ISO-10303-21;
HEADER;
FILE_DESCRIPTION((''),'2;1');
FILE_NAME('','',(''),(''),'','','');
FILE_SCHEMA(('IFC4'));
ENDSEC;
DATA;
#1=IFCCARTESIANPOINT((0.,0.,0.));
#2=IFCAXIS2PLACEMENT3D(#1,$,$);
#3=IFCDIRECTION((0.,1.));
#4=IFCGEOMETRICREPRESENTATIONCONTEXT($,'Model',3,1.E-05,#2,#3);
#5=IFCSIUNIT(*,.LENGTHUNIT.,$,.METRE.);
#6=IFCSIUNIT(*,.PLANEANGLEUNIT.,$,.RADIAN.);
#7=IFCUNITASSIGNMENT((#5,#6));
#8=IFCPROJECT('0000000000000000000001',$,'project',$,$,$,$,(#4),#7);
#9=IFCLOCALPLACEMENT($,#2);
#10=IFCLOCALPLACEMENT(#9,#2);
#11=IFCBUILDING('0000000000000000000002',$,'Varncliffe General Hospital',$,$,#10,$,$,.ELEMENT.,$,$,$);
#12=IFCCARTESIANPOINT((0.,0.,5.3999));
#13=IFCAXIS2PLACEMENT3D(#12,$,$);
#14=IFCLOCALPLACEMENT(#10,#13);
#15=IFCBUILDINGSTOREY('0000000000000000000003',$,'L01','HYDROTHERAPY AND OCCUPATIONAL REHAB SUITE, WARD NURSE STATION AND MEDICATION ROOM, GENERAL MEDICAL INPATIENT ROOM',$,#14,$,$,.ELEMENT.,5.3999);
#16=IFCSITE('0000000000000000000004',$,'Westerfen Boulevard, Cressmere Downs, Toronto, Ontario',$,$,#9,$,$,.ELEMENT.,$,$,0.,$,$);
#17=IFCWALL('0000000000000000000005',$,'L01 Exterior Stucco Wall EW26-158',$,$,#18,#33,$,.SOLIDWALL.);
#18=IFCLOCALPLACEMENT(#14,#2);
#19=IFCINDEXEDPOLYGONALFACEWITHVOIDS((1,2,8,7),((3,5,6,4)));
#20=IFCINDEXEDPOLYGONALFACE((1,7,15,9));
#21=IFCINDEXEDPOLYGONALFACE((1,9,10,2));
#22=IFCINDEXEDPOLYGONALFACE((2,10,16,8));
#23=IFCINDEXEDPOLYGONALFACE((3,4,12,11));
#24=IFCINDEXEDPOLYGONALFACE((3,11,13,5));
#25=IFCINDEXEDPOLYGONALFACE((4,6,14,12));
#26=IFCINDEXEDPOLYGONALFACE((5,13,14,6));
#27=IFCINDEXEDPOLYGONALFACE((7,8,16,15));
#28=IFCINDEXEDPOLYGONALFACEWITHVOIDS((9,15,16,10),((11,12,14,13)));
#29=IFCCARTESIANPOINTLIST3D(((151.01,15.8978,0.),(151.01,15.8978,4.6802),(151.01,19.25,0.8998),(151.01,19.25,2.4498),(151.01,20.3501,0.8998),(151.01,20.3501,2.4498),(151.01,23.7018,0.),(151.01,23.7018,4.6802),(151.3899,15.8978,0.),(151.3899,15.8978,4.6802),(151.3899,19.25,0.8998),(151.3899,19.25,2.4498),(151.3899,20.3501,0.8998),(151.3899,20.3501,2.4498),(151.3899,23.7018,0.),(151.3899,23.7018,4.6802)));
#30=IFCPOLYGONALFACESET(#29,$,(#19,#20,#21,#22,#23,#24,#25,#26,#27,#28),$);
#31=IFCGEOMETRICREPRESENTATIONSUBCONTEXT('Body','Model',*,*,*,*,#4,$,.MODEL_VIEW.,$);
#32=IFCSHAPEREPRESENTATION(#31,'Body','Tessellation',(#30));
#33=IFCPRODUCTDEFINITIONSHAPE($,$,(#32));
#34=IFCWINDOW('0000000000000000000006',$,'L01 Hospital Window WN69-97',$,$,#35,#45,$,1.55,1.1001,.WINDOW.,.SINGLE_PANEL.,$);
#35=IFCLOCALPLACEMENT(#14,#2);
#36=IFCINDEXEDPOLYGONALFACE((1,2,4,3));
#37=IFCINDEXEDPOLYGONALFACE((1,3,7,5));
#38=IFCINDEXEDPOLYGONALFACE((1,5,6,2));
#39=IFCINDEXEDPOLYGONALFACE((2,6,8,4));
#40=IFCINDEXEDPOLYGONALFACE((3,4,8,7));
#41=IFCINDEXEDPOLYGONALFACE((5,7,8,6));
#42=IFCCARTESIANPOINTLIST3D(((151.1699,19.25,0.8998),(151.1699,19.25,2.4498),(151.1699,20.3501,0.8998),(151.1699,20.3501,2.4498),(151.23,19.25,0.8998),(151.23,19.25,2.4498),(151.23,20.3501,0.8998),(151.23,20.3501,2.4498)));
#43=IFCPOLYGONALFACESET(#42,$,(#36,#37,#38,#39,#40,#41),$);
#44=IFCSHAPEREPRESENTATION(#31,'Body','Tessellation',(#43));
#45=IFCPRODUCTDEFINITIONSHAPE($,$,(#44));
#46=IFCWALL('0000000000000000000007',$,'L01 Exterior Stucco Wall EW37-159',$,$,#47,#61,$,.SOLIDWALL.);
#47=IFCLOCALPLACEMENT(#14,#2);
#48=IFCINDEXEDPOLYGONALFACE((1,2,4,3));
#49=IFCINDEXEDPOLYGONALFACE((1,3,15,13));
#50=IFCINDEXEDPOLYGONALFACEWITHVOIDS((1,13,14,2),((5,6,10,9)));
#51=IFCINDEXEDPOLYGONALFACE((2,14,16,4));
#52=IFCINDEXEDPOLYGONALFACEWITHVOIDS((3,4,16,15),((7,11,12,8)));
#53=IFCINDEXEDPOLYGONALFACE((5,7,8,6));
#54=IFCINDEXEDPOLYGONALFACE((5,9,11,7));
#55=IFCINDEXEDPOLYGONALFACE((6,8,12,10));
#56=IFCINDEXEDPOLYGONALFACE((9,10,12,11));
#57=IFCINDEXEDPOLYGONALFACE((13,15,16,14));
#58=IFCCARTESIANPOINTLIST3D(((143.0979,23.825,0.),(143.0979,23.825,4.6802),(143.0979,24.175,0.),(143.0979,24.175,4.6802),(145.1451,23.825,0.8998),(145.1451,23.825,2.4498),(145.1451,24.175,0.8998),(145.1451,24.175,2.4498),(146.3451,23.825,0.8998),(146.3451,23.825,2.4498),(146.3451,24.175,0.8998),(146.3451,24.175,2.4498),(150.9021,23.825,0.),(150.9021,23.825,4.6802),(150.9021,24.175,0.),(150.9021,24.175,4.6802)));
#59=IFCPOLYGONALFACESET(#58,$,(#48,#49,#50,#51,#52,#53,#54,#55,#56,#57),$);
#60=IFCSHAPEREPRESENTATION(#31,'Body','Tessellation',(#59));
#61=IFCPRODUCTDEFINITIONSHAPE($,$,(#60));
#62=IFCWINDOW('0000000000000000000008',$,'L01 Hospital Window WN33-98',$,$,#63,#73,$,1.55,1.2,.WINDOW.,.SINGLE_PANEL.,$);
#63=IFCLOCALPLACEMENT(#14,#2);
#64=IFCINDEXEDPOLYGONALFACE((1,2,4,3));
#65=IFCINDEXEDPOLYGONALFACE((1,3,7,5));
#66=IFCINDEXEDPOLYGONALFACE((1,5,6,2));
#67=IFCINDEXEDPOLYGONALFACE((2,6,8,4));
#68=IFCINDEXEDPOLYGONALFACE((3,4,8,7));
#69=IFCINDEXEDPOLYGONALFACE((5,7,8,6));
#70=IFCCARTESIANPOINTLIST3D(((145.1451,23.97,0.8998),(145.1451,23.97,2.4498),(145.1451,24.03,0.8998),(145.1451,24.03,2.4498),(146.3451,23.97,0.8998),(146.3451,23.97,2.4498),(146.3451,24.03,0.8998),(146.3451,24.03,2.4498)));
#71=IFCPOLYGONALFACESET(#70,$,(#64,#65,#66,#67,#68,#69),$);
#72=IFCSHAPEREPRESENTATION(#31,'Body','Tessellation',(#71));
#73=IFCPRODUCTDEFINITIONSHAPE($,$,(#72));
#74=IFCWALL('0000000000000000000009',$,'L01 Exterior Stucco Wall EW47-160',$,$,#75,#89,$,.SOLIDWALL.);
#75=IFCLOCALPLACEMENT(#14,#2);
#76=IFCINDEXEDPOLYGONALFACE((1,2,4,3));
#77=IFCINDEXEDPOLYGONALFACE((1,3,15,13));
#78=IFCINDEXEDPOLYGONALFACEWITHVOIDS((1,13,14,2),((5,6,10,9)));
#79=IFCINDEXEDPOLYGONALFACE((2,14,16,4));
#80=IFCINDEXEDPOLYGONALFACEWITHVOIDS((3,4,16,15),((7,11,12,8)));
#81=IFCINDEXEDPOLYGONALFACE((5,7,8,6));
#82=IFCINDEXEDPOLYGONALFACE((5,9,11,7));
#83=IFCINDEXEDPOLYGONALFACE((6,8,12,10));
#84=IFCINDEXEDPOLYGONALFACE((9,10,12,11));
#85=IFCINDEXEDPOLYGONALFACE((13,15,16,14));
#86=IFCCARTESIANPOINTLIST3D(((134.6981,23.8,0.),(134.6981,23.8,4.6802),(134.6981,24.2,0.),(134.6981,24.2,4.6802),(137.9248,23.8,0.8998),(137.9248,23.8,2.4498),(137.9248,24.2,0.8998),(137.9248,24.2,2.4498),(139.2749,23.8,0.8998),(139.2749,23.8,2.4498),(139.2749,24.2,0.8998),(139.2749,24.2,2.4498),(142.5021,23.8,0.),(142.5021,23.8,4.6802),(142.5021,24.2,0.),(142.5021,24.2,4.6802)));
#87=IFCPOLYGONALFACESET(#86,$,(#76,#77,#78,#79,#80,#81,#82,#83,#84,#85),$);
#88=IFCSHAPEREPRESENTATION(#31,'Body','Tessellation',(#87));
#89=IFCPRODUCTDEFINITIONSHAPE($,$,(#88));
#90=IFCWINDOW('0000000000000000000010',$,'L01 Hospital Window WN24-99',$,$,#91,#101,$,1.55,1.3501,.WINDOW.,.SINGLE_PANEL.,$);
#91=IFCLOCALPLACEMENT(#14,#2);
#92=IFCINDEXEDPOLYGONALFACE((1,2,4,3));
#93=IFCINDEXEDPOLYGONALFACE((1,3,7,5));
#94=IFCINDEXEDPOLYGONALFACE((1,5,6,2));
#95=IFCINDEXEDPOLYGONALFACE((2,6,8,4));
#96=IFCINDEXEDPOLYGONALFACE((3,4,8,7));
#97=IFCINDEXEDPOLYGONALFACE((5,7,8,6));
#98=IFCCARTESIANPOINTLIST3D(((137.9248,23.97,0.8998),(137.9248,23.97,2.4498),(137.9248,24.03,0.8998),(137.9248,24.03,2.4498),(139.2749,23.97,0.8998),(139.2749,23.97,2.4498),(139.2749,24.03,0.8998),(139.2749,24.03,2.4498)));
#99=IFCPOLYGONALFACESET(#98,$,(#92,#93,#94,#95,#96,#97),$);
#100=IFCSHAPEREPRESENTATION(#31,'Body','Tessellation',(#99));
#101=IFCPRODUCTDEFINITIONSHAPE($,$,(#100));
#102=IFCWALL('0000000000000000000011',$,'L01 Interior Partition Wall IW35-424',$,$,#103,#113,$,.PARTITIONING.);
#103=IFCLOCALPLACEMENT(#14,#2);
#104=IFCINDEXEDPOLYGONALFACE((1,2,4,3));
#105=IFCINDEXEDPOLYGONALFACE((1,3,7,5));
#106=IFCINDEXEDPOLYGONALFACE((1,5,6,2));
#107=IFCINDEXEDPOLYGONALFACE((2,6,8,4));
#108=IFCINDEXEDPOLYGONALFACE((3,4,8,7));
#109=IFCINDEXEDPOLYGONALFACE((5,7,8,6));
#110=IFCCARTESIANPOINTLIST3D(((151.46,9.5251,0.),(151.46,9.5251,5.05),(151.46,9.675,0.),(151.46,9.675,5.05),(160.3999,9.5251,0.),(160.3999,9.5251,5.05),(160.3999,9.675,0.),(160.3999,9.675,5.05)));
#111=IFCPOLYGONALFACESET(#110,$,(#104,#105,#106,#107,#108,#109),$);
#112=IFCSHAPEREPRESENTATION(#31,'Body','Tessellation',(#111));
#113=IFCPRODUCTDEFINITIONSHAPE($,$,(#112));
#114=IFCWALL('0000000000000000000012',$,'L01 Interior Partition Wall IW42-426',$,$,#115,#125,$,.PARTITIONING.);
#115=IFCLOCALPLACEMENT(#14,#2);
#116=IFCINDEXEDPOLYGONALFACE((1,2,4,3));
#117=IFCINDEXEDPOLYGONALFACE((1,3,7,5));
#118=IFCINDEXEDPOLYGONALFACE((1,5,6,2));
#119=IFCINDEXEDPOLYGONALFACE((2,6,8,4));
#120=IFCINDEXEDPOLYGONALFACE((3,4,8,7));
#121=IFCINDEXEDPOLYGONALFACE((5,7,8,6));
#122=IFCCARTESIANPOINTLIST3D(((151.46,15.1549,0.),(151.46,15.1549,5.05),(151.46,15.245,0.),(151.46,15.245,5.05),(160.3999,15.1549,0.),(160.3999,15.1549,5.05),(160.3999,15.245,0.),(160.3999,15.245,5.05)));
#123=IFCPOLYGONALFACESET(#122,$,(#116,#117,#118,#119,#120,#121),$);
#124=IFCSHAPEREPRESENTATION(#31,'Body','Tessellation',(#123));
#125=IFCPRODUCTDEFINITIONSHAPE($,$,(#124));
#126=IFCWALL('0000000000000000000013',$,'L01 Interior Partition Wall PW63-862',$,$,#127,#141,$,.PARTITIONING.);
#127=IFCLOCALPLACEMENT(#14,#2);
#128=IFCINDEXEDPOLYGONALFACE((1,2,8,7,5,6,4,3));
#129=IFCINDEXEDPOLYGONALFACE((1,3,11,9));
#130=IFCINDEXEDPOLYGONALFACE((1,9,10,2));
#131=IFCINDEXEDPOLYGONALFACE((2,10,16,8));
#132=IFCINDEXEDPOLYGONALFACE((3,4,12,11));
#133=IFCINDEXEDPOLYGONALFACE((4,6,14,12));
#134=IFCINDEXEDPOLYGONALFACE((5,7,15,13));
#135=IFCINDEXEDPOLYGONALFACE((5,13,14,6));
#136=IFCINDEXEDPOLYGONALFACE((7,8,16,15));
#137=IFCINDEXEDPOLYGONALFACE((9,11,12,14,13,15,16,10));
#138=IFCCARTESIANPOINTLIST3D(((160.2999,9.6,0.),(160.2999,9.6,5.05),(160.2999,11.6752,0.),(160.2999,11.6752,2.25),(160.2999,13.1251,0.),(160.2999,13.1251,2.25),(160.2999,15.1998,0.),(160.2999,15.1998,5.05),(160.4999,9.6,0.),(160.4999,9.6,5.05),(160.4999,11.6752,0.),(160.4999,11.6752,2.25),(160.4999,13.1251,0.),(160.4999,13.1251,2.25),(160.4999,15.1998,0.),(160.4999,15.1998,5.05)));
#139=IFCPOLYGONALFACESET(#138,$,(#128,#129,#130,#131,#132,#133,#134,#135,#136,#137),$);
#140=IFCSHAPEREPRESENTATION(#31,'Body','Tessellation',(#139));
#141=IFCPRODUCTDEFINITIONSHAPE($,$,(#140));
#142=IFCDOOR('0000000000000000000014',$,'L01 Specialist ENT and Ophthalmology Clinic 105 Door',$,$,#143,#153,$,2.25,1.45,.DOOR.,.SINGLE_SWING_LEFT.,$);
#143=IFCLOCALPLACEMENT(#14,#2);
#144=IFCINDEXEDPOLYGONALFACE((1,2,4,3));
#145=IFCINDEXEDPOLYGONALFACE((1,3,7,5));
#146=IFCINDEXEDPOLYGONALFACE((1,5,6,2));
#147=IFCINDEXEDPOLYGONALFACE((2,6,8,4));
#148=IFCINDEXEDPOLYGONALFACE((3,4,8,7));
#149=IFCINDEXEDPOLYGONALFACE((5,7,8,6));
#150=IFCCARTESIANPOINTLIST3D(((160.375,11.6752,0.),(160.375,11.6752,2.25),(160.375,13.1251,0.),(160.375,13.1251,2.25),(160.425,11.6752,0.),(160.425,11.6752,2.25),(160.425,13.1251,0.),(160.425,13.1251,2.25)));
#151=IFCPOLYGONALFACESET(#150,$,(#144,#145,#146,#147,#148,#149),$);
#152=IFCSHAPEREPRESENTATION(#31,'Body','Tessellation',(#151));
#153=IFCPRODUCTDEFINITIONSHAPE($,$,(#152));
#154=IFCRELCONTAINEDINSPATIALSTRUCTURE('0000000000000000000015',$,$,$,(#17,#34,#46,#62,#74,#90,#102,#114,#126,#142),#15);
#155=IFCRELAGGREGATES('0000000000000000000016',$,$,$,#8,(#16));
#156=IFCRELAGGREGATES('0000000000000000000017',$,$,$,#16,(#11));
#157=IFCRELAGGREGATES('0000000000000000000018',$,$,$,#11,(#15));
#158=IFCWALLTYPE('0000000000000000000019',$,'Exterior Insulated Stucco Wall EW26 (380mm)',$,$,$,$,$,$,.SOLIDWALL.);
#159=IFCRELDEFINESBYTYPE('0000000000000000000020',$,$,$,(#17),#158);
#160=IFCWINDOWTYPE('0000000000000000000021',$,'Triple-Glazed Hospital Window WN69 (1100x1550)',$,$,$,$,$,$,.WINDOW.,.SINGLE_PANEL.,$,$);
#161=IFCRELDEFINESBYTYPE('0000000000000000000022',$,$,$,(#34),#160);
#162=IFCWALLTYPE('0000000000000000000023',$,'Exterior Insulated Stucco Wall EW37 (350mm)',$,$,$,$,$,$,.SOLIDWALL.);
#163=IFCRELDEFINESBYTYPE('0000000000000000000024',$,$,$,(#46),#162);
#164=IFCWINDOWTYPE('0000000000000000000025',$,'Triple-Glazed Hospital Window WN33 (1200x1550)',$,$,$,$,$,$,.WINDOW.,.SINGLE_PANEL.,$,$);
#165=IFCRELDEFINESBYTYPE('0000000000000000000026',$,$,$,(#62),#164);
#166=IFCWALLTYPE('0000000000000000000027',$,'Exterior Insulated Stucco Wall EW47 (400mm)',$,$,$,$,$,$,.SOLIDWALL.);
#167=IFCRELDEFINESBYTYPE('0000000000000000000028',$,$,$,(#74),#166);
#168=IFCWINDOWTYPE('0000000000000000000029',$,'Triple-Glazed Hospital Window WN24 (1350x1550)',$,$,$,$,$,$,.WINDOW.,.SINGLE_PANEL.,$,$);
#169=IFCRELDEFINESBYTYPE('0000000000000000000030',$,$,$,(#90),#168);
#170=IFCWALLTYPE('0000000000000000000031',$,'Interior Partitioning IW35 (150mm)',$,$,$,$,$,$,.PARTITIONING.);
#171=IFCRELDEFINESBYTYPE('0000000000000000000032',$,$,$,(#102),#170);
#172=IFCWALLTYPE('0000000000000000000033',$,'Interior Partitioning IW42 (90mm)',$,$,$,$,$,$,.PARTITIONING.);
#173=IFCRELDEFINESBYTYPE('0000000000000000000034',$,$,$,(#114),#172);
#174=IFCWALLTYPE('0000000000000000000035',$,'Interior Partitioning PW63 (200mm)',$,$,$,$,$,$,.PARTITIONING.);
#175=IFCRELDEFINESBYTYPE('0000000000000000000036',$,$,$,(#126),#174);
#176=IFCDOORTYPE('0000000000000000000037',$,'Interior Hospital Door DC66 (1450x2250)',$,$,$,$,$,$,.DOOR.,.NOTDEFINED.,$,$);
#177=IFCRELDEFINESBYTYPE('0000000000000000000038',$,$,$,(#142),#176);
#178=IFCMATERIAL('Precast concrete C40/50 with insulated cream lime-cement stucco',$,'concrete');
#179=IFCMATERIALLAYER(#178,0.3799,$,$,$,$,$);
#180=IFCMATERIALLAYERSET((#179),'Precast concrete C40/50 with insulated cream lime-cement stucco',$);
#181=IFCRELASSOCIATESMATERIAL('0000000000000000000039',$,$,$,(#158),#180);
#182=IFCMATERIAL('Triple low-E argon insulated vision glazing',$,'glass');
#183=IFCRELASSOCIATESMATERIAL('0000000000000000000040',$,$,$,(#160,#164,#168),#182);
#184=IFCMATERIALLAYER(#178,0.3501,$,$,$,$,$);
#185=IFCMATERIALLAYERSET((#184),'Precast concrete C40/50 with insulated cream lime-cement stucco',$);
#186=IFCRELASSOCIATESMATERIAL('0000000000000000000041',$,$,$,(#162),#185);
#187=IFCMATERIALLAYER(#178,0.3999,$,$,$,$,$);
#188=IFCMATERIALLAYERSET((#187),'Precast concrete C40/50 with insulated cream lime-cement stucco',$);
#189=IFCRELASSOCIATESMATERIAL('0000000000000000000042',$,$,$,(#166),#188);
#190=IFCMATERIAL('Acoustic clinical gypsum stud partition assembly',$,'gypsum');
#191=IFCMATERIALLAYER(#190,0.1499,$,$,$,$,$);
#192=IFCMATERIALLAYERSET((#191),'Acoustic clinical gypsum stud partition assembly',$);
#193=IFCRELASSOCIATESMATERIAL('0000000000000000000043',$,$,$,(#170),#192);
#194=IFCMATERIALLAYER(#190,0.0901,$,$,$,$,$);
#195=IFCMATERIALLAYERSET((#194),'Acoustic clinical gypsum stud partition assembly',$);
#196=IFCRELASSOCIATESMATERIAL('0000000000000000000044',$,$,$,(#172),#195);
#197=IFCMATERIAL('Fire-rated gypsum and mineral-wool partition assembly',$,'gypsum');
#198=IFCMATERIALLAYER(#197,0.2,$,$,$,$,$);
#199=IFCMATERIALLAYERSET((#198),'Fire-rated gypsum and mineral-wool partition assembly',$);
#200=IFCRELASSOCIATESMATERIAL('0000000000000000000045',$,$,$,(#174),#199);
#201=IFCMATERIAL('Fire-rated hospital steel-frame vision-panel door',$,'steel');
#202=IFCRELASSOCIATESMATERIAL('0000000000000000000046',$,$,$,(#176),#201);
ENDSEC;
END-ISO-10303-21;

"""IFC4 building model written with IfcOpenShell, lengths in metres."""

from ifc_helpers import new_model, si_unit, direction, frame, frame_2d, origin, place, context, subcontext, project, spatial, rectangle, extrude, material, layer, layer_set, type_object, element, fill, save


model = new_model("IFC4")

# Units and contexts
model_context = context("Model", 3, precision=1e-05, world=origin(), true_north=direction((0.0, 1.0)))
body_context = subcontext(model_context, "Body", "Model", "MODEL_VIEW")
ifc_project = project(units=[si_unit("LENGTHUNIT", "METRE"), si_unit("PLANEANGLEUNIT", "RADIAN")], contexts=[model_context])

# Site, building, storey
site_placement = place(None, origin())
site = spatial("IfcSite", under=ifc_project, at=site_placement, Name="Westerfen Boulevard, Cressmere Downs, Toronto, Ontario", CompositionType="ELEMENT", RefElevation=0.0)
building_placement = place(site_placement, origin())
building = spatial("IfcBuilding", under=site, at=building_placement, Name="Varncliffe General Hospital", CompositionType="ELEMENT")
storey_placement = place(building_placement, frame((0.0, 0.0, 5.3999)))
storey = spatial("IfcBuildingStorey", under=building, at=storey_placement, Name="L01", Description="HYDROTHERAPY AND OCCUPATIONAL REHAB SUITE, WARD NURSE STATION AND MEDICATION ROOM, GENERAL MEDICAL INPATIENT ROOM", CompositionType="ELEMENT", Elevation=5.3999)

# Walls, openings, windows
ifc_material_1 = material(Name="Precast concrete C40/50 with insulated cream lime-cement stucco", Category="concrete")
ifc_layer_1 = layer(ifc_material_1, 0.3799)
ifc_layer_set_1 = layer_set([ifc_layer_1], Name="Precast concrete C40/50 with insulated cream lime-cement stucco")
wall_type_1 = type_object("IfcWallType", Name="Exterior Insulated Stucco Wall EW26 (380mm)", PredefinedType="SOLIDWALL", material=ifc_layer_set_1)
wall_1_placement = place(storey_placement, frame((151.2, 15.8979, 0.0), z_axis=(0.0, 0.0, 1.0), x_axis=(0.0, 1.0, 0.0)))
wall_1 = element("IfcWall", 1, at=wall_1_placement, inside=storey, type_object=wall_type_1, Name="L01 Exterior Stucco Wall EW26-158", PredefinedType="SOLIDWALL", context=body_context, shape_type="SweptSolid", body=[
    extrude(rectangle(XDim=7.804, YDim=0.3799, at=frame_2d((3.9019, 0.0))), origin(), (0.0, 0.0, 1.0), 4.6802),
])
opening_1_placement = place(wall_1_placement, frame((3.3521, 0.0, 0.8999)))
opening_1 = element("IfcOpeningElement", 2, at=opening_1_placement, cuts=wall_1, PredefinedType="OPENING", context=body_context, shape_type="SweptSolid", body=[
    extrude(rectangle(XDim=1.1001, YDim=1.55, at=frame_2d((0.55, 0.7749))), frame((0.0, 0.2, 0.0), z_axis=(0.0, -1.0, 0.0), x_axis=(1.0, 0.0, 0.0)), (0.0, 0.0, 1.0), 0.3999),
])
ifc_material_2 = material(Name="Triple low-E argon insulated vision glazing", Category="glass")
window_type_1 = type_object("IfcWindowType", Name="Triple-Glazed Hospital Window WN69 (1100x1550)", PartitioningType="SINGLE_PANEL", PredefinedType="WINDOW", material=ifc_material_2)
window_1_placement = place(opening_1_placement, origin())
window_1 = element("IfcWindow", 3, at=window_1_placement, inside=storey, type_object=window_type_1, Name="L01 Hospital Window WN69-97", OverallHeight=1.55, OverallWidth=1.1001, PartitioningType="SINGLE_PANEL", PredefinedType="WINDOW", context=body_context, shape_type="SweptSolid", body=[
    extrude(rectangle(XDim=1.1001, YDim=1.55, at=frame_2d((0.55, 0.7749))), frame((0.0, 0.03, 0.0), z_axis=(0.0, -1.0, 0.0), x_axis=(1.0, 0.0, 0.0)), (0.0, 0.0, 1.0), 0.0601),
])
fill(opening_1, window_1)
ifc_layer_2 = layer(ifc_material_1, 0.3501)
ifc_layer_set_2 = layer_set([ifc_layer_2], Name="Precast concrete C40/50 with insulated cream lime-cement stucco")
wall_type_2 = type_object("IfcWallType", Name="Exterior Insulated Stucco Wall EW37 (350mm)", PredefinedType="SOLIDWALL", material=ifc_layer_set_2)
wall_2_placement = place(storey_placement, frame((150.9021, 24.0, 0.0), z_axis=(0.0, 0.0, 1.0), x_axis=(-1.0, 0.0, 0.0)))
wall_2 = element("IfcWall", 4, at=wall_2_placement, inside=storey, type_object=wall_type_2, Name="L01 Exterior Stucco Wall EW37-159", PredefinedType="SOLIDWALL", context=body_context, shape_type="SweptSolid", body=[
    extrude(rectangle(XDim=7.8042, YDim=0.3501, at=frame_2d((3.9021, 0.0))), origin(), (0.0, 0.0, 1.0), 4.6802),
])
opening_2_placement = place(wall_2_placement, frame((4.5569, 0.0, 0.8999)))
opening_2 = element("IfcOpeningElement", 5, at=opening_2_placement, cuts=wall_2, PredefinedType="OPENING", context=body_context, shape_type="SweptSolid", body=[
    extrude(rectangle(XDim=1.2, YDim=1.55, at=frame_2d((0.6001, 0.7749))), frame((0.0, 0.1851, 0.0), z_axis=(0.0, -1.0, 0.0), x_axis=(1.0, 0.0, 0.0)), (0.0, 0.0, 1.0), 0.3701),
])
window_type_2 = type_object("IfcWindowType", Name="Triple-Glazed Hospital Window WN33 (1200x1550)", PartitioningType="SINGLE_PANEL", PredefinedType="WINDOW", material=ifc_material_2)
window_2_placement = place(opening_2_placement, origin())
window_2 = element("IfcWindow", 6, at=window_2_placement, inside=storey, type_object=window_type_2, Name="L01 Hospital Window WN33-98", OverallHeight=1.55, OverallWidth=1.2, PartitioningType="SINGLE_PANEL", PredefinedType="WINDOW", context=body_context, shape_type="SweptSolid", body=[
    extrude(rectangle(XDim=1.2, YDim=1.55, at=frame_2d((0.6001, 0.7749))), frame((0.0, 0.03, 0.0), z_axis=(0.0, -1.0, 0.0), x_axis=(1.0, 0.0, 0.0)), (0.0, 0.0, 1.0), 0.0601),
])
fill(opening_2, window_2)
ifc_layer_3 = layer(ifc_material_1, 0.3999)
ifc_layer_set_3 = layer_set([ifc_layer_3], Name="Precast concrete C40/50 with insulated cream lime-cement stucco")
wall_type_3 = type_object("IfcWallType", Name="Exterior Insulated Stucco Wall EW47 (400mm)", PredefinedType="SOLIDWALL", material=ifc_layer_set_3)
wall_3_placement = place(storey_placement, frame((142.502, 24.0, 0.0), z_axis=(0.0, 0.0, 1.0), x_axis=(-1.0, 0.0, 0.0)))
wall_3 = element("IfcWall", 7, at=wall_3_placement, inside=storey, type_object=wall_type_3, Name="L01 Exterior Stucco Wall EW47-160", PredefinedType="SOLIDWALL", context=body_context, shape_type="SweptSolid", body=[
    extrude(rectangle(XDim=7.804, YDim=0.3999, at=frame_2d((3.9019, 0.0))), origin(), (0.0, 0.0, 1.0), 4.6802),
])
opening_3_placement = place(wall_3_placement, frame((3.2271, 0.0, 0.8999)))
opening_3 = element("IfcOpeningElement", 8, at=opening_3_placement, cuts=wall_3, PredefinedType="OPENING", context=body_context, shape_type="SweptSolid", body=[
    extrude(rectangle(XDim=1.3501, YDim=1.55, at=frame_2d((0.675, 0.7749))), frame((0.0, 0.21, 0.0), z_axis=(0.0, -1.0, 0.0), x_axis=(1.0, 0.0, 0.0)), (0.0, 0.0, 1.0), 0.4199),
])
window_type_3 = type_object("IfcWindowType", Name="Triple-Glazed Hospital Window WN24 (1350x1550)", PartitioningType="SINGLE_PANEL", PredefinedType="WINDOW", material=ifc_material_2)
window_3_placement = place(opening_3_placement, origin())
window_3 = element("IfcWindow", 9, at=window_3_placement, inside=storey, type_object=window_type_3, Name="L01 Hospital Window WN24-99", OverallHeight=1.55, OverallWidth=1.3501, PartitioningType="SINGLE_PANEL", PredefinedType="WINDOW", context=body_context, shape_type="SweptSolid", body=[
    extrude(rectangle(XDim=1.3501, YDim=1.55, at=frame_2d((0.675, 0.7749))), frame((0.0, 0.03, 0.0), z_axis=(0.0, -1.0, 0.0), x_axis=(1.0, 0.0, 0.0)), (0.0, 0.0, 1.0), 0.0601),
])
fill(opening_3, window_3)

# Walls
ifc_material_3 = material(Name="Acoustic clinical gypsum stud partition assembly", Category="gypsum")
ifc_layer_4 = layer(ifc_material_3, 0.1499)
ifc_layer_set_4 = layer_set([ifc_layer_4], Name="Acoustic clinical gypsum stud partition assembly")
wall_type_4 = type_object("IfcWallType", Name="Interior Partitioning IW35 (150mm)", PredefinedType="PARTITIONING", material=ifc_layer_set_4)
wall_4_placement = place(storey_placement, frame((151.46, 9.6001, 0.0), z_axis=(0.0, 0.0, 1.0), x_axis=(1.0, 0.0, 0.0)))
element("IfcWall", 10, at=wall_4_placement, inside=storey, type_object=wall_type_4, Name="L01 Interior Partition Wall IW35-424", PredefinedType="PARTITIONING", context=body_context, shape_type="SweptSolid", body=[
    extrude(rectangle(XDim=8.9399, YDim=0.1499, at=frame_2d((4.47, 0.0))), origin(), (0.0, 0.0, 1.0), 5.05),
])
ifc_layer_5 = layer(ifc_material_3, 0.0901)
ifc_layer_set_5 = layer_set([ifc_layer_5], Name="Acoustic clinical gypsum stud partition assembly")
wall_type_5 = type_object("IfcWallType", Name="Interior Partitioning IW42 (90mm)", PredefinedType="PARTITIONING", material=ifc_layer_set_5)
wall_5_placement = place(storey_placement, frame((151.46, 15.2, 0.0), z_axis=(0.0, 0.0, 1.0), x_axis=(1.0, 0.0, 0.0)))
element("IfcWall", 11, at=wall_5_placement, inside=storey, type_object=wall_type_5, Name="L01 Interior Partition Wall IW42-426", PredefinedType="PARTITIONING", context=body_context, shape_type="SweptSolid", body=[
    extrude(rectangle(XDim=8.9399, YDim=0.0901, at=frame_2d((4.47, 0.0))), origin(), (0.0, 0.0, 1.0), 5.05),
])

# Wall, opening, door
ifc_material_4 = material(Name="Fire-rated gypsum and mineral-wool partition assembly", Category="gypsum")
ifc_layer_6 = layer(ifc_material_4, 0.2)
ifc_layer_set_6 = layer_set([ifc_layer_6], Name="Fire-rated gypsum and mineral-wool partition assembly")
wall_type_6 = type_object("IfcWallType", Name="Interior Partitioning PW63 (200mm)", PredefinedType="PARTITIONING", material=ifc_layer_set_6)
wall_6_placement = place(storey_placement, frame((160.3999, 9.6001, 0.0), z_axis=(0.0, 0.0, 1.0), x_axis=(0.0, 1.0, 0.0)))
wall_6 = element("IfcWall", 12, at=wall_6_placement, inside=storey, type_object=wall_type_6, Name="L01 Interior Partition Wall PW63-862", PredefinedType="PARTITIONING", context=body_context, shape_type="SweptSolid", body=[
    extrude(rectangle(XDim=5.5999, YDim=0.2, at=frame_2d((2.7998, 0.0))), origin(), (0.0, 0.0, 1.0), 5.05),
])
opening_4_placement = place(wall_6_placement, frame((2.075, 0.0, 0.0)))
opening_4 = element("IfcOpeningElement", 13, at=opening_4_placement, cuts=wall_6, PredefinedType="OPENING", context=body_context, shape_type="SweptSolid", body=[
    extrude(rectangle(XDim=1.45, YDim=2.25, at=frame_2d((0.7251, 1.125))), frame((0.0, 0.1099, 0.0), z_axis=(0.0, -1.0, 0.0), x_axis=(1.0, 0.0, 0.0)), (0.0, 0.0, 1.0), 0.22),
])
ifc_material_5 = material(Name="Fire-rated hospital steel-frame vision-panel door", Category="steel")
door_type_1 = type_object("IfcDoorType", Name="Interior Hospital Door DC66 (1450x2250)", OperationType="NOTDEFINED", PredefinedType="DOOR", material=ifc_material_5)
door_1_placement = place(opening_4_placement, origin())
door_1 = element("IfcDoor", 14, at=door_1_placement, inside=storey, type_object=door_type_1, Name="L01 Specialist ENT and Ophthalmology Clinic 105 Door", OperationType="SINGLE_SWING_LEFT", OverallHeight=2.25, OverallWidth=1.45, PredefinedType="DOOR", context=body_context, shape_type="SweptSolid", body=[
    extrude(rectangle(XDim=1.45, YDim=2.25, at=frame_2d((0.7251, 1.125))), frame((0.0, 0.0249, 0.0), z_axis=(0.0, -1.0, 0.0), x_axis=(1.0, 0.0, 0.0)), (0.0, 0.0, 1.0), 0.05),
])
fill(opening_4, door_1)

save(model, "model.ifc")
